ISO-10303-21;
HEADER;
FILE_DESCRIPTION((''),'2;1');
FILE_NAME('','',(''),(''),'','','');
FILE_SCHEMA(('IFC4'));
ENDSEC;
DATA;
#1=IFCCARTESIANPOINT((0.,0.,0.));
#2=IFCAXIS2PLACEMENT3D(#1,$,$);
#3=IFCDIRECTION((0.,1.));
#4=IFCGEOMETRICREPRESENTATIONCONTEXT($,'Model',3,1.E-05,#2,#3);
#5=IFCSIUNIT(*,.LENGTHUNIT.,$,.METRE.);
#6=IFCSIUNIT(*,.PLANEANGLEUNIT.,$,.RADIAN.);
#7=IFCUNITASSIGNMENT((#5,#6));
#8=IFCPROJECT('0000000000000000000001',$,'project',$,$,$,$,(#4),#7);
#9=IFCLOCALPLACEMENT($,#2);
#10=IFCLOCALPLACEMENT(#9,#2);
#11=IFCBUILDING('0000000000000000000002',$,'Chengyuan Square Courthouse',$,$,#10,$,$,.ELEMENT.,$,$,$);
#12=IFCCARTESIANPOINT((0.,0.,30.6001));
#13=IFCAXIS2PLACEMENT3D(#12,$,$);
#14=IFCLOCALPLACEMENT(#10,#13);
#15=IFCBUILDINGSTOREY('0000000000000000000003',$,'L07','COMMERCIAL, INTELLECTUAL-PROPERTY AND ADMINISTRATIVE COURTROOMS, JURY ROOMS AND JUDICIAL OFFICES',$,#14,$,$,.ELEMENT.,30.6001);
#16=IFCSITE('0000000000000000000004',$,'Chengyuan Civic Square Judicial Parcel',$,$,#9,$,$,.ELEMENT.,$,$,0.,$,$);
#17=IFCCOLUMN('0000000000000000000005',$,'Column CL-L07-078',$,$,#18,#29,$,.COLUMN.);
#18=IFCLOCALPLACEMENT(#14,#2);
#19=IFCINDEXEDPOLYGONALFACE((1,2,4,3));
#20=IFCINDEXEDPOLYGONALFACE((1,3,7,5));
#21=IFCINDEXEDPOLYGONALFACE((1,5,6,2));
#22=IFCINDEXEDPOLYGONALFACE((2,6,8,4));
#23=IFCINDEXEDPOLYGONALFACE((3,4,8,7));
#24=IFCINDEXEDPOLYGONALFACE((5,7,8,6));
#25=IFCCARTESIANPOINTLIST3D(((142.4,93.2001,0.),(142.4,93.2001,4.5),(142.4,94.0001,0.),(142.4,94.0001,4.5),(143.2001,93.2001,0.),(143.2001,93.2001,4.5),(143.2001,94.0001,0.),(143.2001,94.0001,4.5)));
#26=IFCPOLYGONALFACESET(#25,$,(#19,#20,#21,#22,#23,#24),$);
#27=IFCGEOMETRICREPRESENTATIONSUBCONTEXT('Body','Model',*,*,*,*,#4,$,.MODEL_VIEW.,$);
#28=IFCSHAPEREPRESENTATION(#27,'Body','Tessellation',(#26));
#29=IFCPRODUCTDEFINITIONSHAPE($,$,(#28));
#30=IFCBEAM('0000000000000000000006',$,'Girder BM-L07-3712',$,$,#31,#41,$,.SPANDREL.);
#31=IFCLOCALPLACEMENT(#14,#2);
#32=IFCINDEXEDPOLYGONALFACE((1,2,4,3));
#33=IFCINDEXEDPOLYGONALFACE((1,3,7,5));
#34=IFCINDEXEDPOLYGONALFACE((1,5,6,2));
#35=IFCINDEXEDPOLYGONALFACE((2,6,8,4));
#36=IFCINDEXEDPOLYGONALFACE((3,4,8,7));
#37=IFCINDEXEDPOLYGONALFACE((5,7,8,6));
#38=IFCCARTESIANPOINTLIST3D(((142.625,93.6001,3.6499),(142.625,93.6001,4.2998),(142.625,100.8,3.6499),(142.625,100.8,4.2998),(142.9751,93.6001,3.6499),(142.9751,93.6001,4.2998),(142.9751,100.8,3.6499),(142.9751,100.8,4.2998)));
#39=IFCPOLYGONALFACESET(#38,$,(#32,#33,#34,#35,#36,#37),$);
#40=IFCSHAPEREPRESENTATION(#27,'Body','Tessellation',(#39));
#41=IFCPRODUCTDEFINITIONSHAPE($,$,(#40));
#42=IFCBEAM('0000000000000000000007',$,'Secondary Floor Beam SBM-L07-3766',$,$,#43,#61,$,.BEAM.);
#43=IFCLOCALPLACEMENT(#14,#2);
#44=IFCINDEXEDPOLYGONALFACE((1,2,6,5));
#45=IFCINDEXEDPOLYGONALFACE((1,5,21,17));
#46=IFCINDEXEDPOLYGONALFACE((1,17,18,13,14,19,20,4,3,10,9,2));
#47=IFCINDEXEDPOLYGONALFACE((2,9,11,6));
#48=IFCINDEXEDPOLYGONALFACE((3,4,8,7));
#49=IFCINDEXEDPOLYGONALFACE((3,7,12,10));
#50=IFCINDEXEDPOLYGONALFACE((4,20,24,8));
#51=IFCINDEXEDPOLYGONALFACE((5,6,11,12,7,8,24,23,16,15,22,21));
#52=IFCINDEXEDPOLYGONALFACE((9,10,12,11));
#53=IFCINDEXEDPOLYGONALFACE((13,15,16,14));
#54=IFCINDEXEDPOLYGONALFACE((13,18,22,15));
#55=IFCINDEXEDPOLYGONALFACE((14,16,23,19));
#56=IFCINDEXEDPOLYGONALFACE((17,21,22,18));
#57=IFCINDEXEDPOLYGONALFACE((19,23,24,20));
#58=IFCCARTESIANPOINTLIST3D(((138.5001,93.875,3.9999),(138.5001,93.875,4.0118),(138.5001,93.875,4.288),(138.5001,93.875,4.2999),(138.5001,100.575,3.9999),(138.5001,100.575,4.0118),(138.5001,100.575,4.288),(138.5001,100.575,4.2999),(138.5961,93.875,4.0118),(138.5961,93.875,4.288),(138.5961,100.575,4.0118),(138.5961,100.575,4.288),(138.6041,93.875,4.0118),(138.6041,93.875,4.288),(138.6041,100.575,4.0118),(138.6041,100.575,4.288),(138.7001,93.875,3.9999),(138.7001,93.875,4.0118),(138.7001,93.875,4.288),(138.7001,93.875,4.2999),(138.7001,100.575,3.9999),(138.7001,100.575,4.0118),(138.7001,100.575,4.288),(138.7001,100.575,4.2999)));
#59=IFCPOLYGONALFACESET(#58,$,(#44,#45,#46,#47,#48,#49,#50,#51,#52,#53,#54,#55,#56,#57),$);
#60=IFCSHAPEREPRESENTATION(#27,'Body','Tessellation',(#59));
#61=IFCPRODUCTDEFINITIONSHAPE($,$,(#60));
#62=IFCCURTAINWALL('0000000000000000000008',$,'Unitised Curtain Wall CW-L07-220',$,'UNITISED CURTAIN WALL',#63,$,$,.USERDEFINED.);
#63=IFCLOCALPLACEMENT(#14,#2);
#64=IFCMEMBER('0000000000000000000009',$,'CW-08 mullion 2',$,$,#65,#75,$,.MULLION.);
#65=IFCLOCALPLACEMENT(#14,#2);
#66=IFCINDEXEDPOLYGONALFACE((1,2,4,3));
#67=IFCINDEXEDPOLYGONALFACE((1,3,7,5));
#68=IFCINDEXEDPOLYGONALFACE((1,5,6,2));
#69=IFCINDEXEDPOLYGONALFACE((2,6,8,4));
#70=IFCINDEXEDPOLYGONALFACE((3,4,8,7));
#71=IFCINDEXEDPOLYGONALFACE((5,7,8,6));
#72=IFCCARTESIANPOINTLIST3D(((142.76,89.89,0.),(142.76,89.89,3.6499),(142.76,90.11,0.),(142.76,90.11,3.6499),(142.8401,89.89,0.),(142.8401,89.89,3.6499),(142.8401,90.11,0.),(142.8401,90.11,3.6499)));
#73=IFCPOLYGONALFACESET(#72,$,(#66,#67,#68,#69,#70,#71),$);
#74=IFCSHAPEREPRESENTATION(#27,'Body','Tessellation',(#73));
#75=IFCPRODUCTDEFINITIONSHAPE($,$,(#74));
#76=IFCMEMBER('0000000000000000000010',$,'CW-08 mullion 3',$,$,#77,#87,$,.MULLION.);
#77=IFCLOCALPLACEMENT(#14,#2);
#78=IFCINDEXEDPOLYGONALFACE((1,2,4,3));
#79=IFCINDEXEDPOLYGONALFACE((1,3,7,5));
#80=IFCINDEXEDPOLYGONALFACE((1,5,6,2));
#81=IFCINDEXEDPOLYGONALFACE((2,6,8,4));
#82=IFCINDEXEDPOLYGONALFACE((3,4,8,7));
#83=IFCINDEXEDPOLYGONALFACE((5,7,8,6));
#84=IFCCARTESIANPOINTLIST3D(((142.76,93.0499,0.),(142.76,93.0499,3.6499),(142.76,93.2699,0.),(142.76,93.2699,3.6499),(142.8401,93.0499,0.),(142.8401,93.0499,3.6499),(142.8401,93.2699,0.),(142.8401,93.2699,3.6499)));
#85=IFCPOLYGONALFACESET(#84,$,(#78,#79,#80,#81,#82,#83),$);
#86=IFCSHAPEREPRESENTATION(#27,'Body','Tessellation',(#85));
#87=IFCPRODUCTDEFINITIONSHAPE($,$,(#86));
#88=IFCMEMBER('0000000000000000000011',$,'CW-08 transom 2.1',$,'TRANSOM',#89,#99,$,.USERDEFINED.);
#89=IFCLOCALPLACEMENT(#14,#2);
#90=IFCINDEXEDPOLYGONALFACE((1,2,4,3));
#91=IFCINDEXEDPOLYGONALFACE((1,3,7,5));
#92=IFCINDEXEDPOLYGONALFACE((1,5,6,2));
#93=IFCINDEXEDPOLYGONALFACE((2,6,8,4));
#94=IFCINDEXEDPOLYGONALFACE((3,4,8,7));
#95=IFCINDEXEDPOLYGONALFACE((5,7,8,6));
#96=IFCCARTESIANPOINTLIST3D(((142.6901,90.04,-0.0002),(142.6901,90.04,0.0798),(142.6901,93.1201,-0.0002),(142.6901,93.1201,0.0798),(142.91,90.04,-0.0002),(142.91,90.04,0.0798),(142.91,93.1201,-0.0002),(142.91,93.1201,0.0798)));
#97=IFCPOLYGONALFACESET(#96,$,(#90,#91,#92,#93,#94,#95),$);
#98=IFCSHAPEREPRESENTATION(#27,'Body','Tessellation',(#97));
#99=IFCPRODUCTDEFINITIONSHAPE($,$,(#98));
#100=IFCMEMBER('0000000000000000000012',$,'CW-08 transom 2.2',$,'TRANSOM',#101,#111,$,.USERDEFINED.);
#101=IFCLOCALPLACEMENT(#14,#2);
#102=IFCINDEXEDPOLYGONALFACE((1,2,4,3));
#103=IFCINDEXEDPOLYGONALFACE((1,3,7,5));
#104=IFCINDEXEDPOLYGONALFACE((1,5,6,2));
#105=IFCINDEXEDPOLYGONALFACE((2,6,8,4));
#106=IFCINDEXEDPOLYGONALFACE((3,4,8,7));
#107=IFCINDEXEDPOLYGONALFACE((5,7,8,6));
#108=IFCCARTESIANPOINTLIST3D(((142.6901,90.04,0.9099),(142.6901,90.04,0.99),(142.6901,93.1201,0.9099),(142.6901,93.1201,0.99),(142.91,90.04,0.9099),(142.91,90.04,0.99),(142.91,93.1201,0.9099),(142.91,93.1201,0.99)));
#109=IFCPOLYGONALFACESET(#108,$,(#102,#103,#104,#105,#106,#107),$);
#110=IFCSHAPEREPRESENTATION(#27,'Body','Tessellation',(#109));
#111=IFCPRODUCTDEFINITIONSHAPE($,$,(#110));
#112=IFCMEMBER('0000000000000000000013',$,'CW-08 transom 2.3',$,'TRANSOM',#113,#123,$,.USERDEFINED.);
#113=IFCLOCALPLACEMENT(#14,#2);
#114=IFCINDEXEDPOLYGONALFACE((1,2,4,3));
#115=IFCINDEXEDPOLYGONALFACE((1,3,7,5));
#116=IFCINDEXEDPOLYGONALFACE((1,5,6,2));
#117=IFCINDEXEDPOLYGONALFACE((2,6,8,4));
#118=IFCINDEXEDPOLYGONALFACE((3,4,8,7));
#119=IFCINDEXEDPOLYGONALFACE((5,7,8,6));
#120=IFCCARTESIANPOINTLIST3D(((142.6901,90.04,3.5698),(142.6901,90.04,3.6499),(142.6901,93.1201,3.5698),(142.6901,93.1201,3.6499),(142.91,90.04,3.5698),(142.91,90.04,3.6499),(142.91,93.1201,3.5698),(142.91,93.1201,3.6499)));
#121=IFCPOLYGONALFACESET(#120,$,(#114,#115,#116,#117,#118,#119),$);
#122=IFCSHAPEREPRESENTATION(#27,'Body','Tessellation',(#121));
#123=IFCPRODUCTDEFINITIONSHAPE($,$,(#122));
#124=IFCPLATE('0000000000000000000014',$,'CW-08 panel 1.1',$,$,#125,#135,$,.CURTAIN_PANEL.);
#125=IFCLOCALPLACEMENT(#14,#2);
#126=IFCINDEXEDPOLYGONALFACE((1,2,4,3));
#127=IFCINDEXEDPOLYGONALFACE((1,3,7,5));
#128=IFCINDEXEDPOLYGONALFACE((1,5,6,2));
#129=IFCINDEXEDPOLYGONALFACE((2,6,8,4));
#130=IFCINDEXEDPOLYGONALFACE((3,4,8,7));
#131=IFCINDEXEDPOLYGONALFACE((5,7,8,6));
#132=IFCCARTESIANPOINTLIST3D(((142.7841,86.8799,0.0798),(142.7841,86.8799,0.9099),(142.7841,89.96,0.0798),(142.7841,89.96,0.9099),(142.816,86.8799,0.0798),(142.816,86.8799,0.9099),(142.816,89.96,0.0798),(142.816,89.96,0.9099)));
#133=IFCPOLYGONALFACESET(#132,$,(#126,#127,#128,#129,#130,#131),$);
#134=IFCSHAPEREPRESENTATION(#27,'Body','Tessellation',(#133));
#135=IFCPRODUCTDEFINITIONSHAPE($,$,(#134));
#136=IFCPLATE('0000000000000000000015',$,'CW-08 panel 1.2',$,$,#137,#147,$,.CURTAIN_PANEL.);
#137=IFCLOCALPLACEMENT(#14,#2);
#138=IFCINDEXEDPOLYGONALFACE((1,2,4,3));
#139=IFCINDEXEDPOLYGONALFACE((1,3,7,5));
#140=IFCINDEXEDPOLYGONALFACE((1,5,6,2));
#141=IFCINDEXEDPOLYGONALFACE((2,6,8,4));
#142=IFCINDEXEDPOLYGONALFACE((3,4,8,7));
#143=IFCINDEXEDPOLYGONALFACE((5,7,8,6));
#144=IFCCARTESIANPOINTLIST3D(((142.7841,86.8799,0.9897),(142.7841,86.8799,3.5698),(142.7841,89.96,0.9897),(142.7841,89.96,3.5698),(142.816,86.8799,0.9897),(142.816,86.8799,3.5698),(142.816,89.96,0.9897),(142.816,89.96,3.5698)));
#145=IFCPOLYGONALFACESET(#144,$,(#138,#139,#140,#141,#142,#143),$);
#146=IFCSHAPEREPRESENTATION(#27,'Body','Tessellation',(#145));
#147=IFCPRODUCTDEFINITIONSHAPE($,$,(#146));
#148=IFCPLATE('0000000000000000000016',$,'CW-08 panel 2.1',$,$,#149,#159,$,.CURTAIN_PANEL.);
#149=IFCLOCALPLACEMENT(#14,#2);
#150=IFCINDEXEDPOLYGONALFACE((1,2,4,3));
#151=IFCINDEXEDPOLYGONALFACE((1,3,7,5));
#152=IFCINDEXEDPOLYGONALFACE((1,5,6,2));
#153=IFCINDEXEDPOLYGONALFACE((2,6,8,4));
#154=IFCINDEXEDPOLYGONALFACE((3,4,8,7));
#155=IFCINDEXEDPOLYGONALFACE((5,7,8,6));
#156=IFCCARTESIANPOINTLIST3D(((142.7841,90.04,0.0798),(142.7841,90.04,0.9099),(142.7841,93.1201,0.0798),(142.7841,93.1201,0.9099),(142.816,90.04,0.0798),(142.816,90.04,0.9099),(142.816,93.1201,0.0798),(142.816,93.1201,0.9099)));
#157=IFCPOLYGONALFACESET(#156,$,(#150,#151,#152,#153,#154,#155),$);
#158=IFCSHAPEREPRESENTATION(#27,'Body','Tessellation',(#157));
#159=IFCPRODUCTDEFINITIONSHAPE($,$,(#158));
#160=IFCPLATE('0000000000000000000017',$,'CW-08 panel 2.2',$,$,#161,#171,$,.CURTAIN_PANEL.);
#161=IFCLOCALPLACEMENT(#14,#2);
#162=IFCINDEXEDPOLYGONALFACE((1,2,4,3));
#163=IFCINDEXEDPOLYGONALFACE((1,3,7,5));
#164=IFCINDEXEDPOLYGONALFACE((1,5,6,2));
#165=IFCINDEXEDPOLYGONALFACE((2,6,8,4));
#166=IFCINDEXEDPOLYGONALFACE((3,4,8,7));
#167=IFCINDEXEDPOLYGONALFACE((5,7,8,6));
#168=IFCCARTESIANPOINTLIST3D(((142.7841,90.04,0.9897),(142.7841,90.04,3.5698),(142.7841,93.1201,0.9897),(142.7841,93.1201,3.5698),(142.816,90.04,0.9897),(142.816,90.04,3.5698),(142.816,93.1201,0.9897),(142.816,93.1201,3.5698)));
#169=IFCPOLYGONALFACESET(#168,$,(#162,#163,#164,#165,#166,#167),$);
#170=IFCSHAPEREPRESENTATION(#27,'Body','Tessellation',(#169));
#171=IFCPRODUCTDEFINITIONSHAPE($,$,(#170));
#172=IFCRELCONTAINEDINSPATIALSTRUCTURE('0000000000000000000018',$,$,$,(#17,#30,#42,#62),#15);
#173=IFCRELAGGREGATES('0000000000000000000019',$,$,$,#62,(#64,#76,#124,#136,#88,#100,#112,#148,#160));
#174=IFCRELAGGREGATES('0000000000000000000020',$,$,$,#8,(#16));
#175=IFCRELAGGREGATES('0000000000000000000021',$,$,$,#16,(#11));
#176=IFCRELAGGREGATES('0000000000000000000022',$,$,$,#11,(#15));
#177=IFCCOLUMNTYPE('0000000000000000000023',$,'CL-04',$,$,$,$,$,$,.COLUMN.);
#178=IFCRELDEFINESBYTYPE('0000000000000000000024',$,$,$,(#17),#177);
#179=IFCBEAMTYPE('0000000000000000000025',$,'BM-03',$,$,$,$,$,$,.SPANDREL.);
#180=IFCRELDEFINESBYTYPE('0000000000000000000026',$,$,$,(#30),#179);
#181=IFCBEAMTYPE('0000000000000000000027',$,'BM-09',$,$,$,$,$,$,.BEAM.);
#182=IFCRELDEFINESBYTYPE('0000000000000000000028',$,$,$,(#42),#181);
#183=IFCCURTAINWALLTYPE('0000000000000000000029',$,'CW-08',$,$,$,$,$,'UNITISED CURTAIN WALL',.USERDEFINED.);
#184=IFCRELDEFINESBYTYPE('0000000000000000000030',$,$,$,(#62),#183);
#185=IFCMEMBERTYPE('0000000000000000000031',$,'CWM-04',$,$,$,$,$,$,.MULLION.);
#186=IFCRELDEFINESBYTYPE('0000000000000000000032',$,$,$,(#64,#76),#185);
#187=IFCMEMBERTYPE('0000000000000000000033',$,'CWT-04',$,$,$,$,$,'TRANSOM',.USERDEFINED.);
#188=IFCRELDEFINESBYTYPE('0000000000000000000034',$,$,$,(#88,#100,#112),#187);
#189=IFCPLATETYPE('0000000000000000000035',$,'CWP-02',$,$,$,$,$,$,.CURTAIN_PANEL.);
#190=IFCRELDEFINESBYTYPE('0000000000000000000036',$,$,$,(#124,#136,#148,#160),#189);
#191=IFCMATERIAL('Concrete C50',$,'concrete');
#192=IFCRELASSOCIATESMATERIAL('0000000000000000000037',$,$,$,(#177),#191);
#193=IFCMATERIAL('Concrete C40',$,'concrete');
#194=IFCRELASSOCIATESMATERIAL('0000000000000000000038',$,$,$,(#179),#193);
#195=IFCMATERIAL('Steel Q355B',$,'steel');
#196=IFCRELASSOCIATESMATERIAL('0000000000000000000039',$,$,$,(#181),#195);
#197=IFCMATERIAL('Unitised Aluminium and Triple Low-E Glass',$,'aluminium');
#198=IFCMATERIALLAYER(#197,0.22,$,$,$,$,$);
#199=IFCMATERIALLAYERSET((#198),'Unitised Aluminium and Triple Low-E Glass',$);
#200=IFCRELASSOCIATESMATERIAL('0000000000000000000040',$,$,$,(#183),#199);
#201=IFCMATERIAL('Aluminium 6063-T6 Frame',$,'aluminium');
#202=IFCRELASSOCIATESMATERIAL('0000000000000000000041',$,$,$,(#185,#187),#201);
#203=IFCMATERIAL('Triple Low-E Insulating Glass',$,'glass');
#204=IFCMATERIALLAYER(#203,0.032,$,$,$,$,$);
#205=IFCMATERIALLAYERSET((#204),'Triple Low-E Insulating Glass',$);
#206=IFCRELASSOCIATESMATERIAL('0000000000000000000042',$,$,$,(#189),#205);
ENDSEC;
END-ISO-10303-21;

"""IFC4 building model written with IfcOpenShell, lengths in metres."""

from ifc_helpers import new_model, si_unit, direction, frame, origin, origin_2d, place, context, subcontext, project, spatial, rectangle, i_section, extrude, material, layer, layer_set, material_profile, profile_set, type_object, element, aggregate, save


model = new_model("IFC4")

# Units and contexts
model_context = context("Model", 3, precision=1e-05, world=origin(), true_north=direction((0.0, 1.0)))
body_context = subcontext(model_context, "Body", "Model", "MODEL_VIEW")
ifc_project = project(units=[si_unit("LENGTHUNIT", "METRE"), si_unit("PLANEANGLEUNIT", "RADIAN")], contexts=[model_context])

# Site, building, storey
site_placement = place(None, origin())
site = spatial("IfcSite", under=ifc_project, at=site_placement, Name="Chengyuan Civic Square Judicial Parcel", CompositionType="ELEMENT", RefElevation=0.0)
building_placement = place(site_placement, origin())
building = spatial("IfcBuilding", under=site, at=building_placement, Name="Chengyuan Square Courthouse", CompositionType="ELEMENT")
storey_placement = place(building_placement, frame((0.0, 0.0, 30.6001)))
storey = spatial("IfcBuildingStorey", under=building, at=storey_placement, Name="L07", Description="COMMERCIAL, INTELLECTUAL-PROPERTY AND ADMINISTRATIVE COURTROOMS, JURY ROOMS AND JUDICIAL OFFICES", CompositionType="ELEMENT", Elevation=30.6001)

# Column
ifc_material_1 = material(Name="Concrete C50", Category="concrete")
ifc_material_profile_1 = material_profile(ifc_material_1, rectangle(XDim=0.8, YDim=0.8, at=origin_2d()), Name="RC-COL-800x800")
ifc_profile_set_1 = profile_set([ifc_material_profile_1], Name="Concrete C50")
column_type = type_object("IfcColumnType", Name="CL-04", PredefinedType="COLUMN", material=ifc_profile_set_1)
column_placement = place(storey_placement, frame((142.8, 93.6001, 0.0), z_axis=(0.0, 0.0, 1.0), x_axis=(1.0, 0.0, 0.0)))
element("IfcColumn", 1, at=column_placement, inside=storey, type_object=column_type, Name="Column CL-L07-078", PredefinedType="COLUMN", context=body_context, shape_type="SweptSolid", body=[
    extrude(rectangle(XDim=0.8, YDim=0.8, at=origin_2d()), origin(), (0.0, 0.0, 1.0), 4.5),
])

# Beams
ifc_material_2 = material(Name="Concrete C40", Category="concrete")
ifc_material_profile_2 = material_profile(ifc_material_2, rectangle(XDim=0.3501, YDim=0.6499, at=origin_2d()), Name="RC-BM-350x650")
ifc_profile_set_2 = profile_set([ifc_material_profile_2], Name="Concrete C40")
beam_type_1 = type_object("IfcBeamType", Name="BM-03", PredefinedType="SPANDREL", material=ifc_profile_set_2)
beam_1_placement = place(storey_placement, frame((142.8, 93.6001, 3.9749), z_axis=(0.0, 1.0, 0.0), x_axis=(-1.0, 0.0, 0.0)))
element("IfcBeam", 2, at=beam_1_placement, inside=storey, type_object=beam_type_1, Name="Girder BM-L07-3712", PredefinedType="SPANDREL", context=body_context, shape_type="SweptSolid", body=[
    extrude(rectangle(XDim=0.3501, YDim=0.6499, at=origin_2d()), origin(), (0.0, 0.0, 1.0), 7.2),
])
ifc_material_3 = material(Name="Steel Q355B", Category="steel")
ifc_material_profile_3 = material_profile(ifc_material_3, i_section(OverallWidth=0.2, OverallDepth=0.3, WebThickness=0.0081, FlangeThickness=0.012, at=origin_2d()), Name="HM 300x200x8x12")
ifc_profile_set_3 = profile_set([ifc_material_profile_3], Name="Steel Q355B")
beam_type_2 = type_object("IfcBeamType", Name="BM-09", PredefinedType="BEAM", material=ifc_profile_set_3)
beam_2_placement = place(storey_placement, frame((138.6001, 93.875, 4.1499), z_axis=(0.0, 1.0, 0.0), x_axis=(-1.0, 0.0, 0.0)))
element("IfcBeam", 3, at=beam_2_placement, inside=storey, type_object=beam_type_2, Name="Secondary Floor Beam SBM-L07-3766", PredefinedType="BEAM", context=body_context, shape_type="SweptSolid", body=[
    extrude(i_section(OverallWidth=0.2, OverallDepth=0.3, WebThickness=0.0081, FlangeThickness=0.012, at=origin_2d()), origin(), (0.0, 0.0, 1.0), 6.7),
])

# Curtain wall, members, plates
ifc_material_4 = material(Name="Unitised Aluminium and Triple Low-E Glass", Category="aluminium")
ifc_layer_1 = layer(ifc_material_4, 0.22)
ifc_layer_set_1 = layer_set([ifc_layer_1], Name="Unitised Aluminium and Triple Low-E Glass")
curtain_wall_type = type_object("IfcCurtainWallType", Name="CW-08", ElementType="UNITISED CURTAIN WALL", PredefinedType="USERDEFINED", material=ifc_layer_set_1)
curtain_wall_placement = place(storey_placement, origin())
curtain_wall = element("IfcCurtainWall", 4, at=curtain_wall_placement, inside=storey, type_object=curtain_wall_type, Name="Unitised Curtain Wall CW-L07-220", ObjectType="UNITISED CURTAIN WALL", PredefinedType="USERDEFINED")
ifc_material_5 = material(Name="Aluminium 6063-T6 Frame", Category="aluminium")
ifc_material_profile_4 = material_profile(ifc_material_5, rectangle(XDim=0.0801, YDim=0.22, at=origin_2d()), Name="CW-MUL-80x220")
ifc_profile_set_4 = profile_set([ifc_material_profile_4], Name="Aluminium 6063-T6 Frame")
member_type_1 = type_object("IfcMemberType", Name="CWM-04", PredefinedType="MULLION", material=ifc_profile_set_4)
member_1_placement = place(storey_placement, frame((142.8, 90.0, 0.0), z_axis=(0.0, 0.0, 1.0), x_axis=(-1.0, 0.0, 0.0)))
member_1 = element("IfcMember", 5, at=member_1_placement, type_object=member_type_1, Name="CW-08 mullion 2", PredefinedType="MULLION", context=body_context, shape_type="SweptSolid", body=[
    extrude(rectangle(XDim=0.0801, YDim=0.22, at=origin_2d()), origin(), (0.0, 0.0, 1.0), 3.6499),
])
member_2_placement = place(storey_placement, frame((142.8, 93.1599, 0.0), z_axis=(0.0, 0.0, 1.0), x_axis=(-1.0, 0.0, 0.0)))
member_2 = element("IfcMember", 6, at=member_2_placement, type_object=member_type_1, Name="CW-08 mullion 3", PredefinedType="MULLION", context=body_context, shape_type="SweptSolid", body=[
    extrude(rectangle(XDim=0.0801, YDim=0.22, at=origin_2d()), origin(), (0.0, 0.0, 1.0), 3.6499),
])
ifc_material_profile_5 = material_profile(ifc_material_5, rectangle(XDim=0.22, YDim=0.0801, at=origin_2d()), Name="CW-TRN-80x180")
ifc_profile_set_5 = profile_set([ifc_material_profile_5], Name="Aluminium 6063-T6 Frame")
member_type_2 = type_object("IfcMemberType", Name="CWT-04", ElementType="TRANSOM", PredefinedType="USERDEFINED", material=ifc_profile_set_5)
member_3_placement = place(storey_placement, frame((142.8, 90.04, 0.0398), z_axis=(0.0, 1.0, 0.0), x_axis=(-1.0, 0.0, 0.0)))
member_3 = element("IfcMember", 7, at=member_3_placement, type_object=member_type_2, Name="CW-08 transom 2.1", ObjectType="TRANSOM", PredefinedType="USERDEFINED", context=body_context, shape_type="SweptSolid", body=[
    extrude(rectangle(XDim=0.22, YDim=0.0801, at=origin_2d()), origin(), (0.0, 0.0, 1.0), 3.0801),
])
member_4_placement = place(storey_placement, frame((142.8, 90.04, 0.95), z_axis=(0.0, 1.0, 0.0), x_axis=(-1.0, 0.0, 0.0)))
member_4 = element("IfcMember", 8, at=member_4_placement, type_object=member_type_2, Name="CW-08 transom 2.2", ObjectType="TRANSOM", PredefinedType="USERDEFINED", context=body_context, shape_type="SweptSolid", body=[
    extrude(rectangle(XDim=0.22, YDim=0.0801, at=origin_2d()), origin(), (0.0, 0.0, 1.0), 3.0801),
])
member_5_placement = place(storey_placement, frame((142.8, 90.04, 3.6099), z_axis=(0.0, 1.0, 0.0), x_axis=(-1.0, 0.0, 0.0)))
member_5 = element("IfcMember", 9, at=member_5_placement, type_object=member_type_2, Name="CW-08 transom 2.3", ObjectType="TRANSOM", PredefinedType="USERDEFINED", context=body_context, shape_type="SweptSolid", body=[
    extrude(rectangle(XDim=0.22, YDim=0.0801, at=origin_2d()), origin(), (0.0, 0.0, 1.0), 3.0801),
])
ifc_material_6 = material(Name="Triple Low-E Insulating Glass", Category="glass")
ifc_layer_2 = layer(ifc_material_6, 0.032)
ifc_layer_set_2 = layer_set([ifc_layer_2], Name="Triple Low-E Insulating Glass")
plate_type = type_object("IfcPlateType", Name="CWP-02", PredefinedType="CURTAIN_PANEL", material=ifc_layer_set_2)
plate_1_placement = place(storey_placement, frame((142.8, 88.4199, 0.0798), z_axis=(0.0, 0.0, 1.0), x_axis=(0.0, 1.0, 0.0)))
plate_1 = element("IfcPlate", 10, at=plate_1_placement, type_object=plate_type, Name="CW-08 panel 1.1", PredefinedType="CURTAIN_PANEL", context=body_context, shape_type="SweptSolid", body=[
    extrude(rectangle(XDim=3.0801, YDim=0.032, at=origin_2d()), origin(), (0.0, 0.0, 1.0), 0.8301),
])
plate_2_placement = place(storey_placement, frame((142.8, 88.4199, 0.9897), z_axis=(0.0, 0.0, 1.0), x_axis=(0.0, 1.0, 0.0)))
plate_2 = element("IfcPlate", 11, at=plate_2_placement, type_object=plate_type, Name="CW-08 panel 1.2", PredefinedType="CURTAIN_PANEL", context=body_context, shape_type="SweptSolid", body=[
    extrude(rectangle(XDim=3.0801, YDim=0.032, at=origin_2d()), origin(), (0.0, 0.0, 1.0), 2.5801),
])
plate_3_placement = place(storey_placement, frame((142.8, 91.5801, 0.0798), z_axis=(0.0, 0.0, 1.0), x_axis=(0.0, 1.0, 0.0)))
plate_3 = element("IfcPlate", 12, at=plate_3_placement, type_object=plate_type, Name="CW-08 panel 2.1", PredefinedType="CURTAIN_PANEL", context=body_context, shape_type="SweptSolid", body=[
    extrude(rectangle(XDim=3.0801, YDim=0.032, at=origin_2d()), origin(), (0.0, 0.0, 1.0), 0.8301),
])
plate_4_placement = place(storey_placement, frame((142.8, 91.5801, 0.9897), z_axis=(0.0, 0.0, 1.0), x_axis=(0.0, 1.0, 0.0)))
plate_4 = element("IfcPlate", 13, at=plate_4_placement, type_object=plate_type, Name="CW-08 panel 2.2", PredefinedType="CURTAIN_PANEL", context=body_context, shape_type="SweptSolid", body=[
    extrude(rectangle(XDim=3.0801, YDim=0.032, at=origin_2d()), origin(), (0.0, 0.0, 1.0), 2.5801),
])
aggregate(curtain_wall, [member_1, member_2, plate_1, plate_2, member_3, member_4, member_5, plate_3, plate_4])

save(model, "model.ifc")
